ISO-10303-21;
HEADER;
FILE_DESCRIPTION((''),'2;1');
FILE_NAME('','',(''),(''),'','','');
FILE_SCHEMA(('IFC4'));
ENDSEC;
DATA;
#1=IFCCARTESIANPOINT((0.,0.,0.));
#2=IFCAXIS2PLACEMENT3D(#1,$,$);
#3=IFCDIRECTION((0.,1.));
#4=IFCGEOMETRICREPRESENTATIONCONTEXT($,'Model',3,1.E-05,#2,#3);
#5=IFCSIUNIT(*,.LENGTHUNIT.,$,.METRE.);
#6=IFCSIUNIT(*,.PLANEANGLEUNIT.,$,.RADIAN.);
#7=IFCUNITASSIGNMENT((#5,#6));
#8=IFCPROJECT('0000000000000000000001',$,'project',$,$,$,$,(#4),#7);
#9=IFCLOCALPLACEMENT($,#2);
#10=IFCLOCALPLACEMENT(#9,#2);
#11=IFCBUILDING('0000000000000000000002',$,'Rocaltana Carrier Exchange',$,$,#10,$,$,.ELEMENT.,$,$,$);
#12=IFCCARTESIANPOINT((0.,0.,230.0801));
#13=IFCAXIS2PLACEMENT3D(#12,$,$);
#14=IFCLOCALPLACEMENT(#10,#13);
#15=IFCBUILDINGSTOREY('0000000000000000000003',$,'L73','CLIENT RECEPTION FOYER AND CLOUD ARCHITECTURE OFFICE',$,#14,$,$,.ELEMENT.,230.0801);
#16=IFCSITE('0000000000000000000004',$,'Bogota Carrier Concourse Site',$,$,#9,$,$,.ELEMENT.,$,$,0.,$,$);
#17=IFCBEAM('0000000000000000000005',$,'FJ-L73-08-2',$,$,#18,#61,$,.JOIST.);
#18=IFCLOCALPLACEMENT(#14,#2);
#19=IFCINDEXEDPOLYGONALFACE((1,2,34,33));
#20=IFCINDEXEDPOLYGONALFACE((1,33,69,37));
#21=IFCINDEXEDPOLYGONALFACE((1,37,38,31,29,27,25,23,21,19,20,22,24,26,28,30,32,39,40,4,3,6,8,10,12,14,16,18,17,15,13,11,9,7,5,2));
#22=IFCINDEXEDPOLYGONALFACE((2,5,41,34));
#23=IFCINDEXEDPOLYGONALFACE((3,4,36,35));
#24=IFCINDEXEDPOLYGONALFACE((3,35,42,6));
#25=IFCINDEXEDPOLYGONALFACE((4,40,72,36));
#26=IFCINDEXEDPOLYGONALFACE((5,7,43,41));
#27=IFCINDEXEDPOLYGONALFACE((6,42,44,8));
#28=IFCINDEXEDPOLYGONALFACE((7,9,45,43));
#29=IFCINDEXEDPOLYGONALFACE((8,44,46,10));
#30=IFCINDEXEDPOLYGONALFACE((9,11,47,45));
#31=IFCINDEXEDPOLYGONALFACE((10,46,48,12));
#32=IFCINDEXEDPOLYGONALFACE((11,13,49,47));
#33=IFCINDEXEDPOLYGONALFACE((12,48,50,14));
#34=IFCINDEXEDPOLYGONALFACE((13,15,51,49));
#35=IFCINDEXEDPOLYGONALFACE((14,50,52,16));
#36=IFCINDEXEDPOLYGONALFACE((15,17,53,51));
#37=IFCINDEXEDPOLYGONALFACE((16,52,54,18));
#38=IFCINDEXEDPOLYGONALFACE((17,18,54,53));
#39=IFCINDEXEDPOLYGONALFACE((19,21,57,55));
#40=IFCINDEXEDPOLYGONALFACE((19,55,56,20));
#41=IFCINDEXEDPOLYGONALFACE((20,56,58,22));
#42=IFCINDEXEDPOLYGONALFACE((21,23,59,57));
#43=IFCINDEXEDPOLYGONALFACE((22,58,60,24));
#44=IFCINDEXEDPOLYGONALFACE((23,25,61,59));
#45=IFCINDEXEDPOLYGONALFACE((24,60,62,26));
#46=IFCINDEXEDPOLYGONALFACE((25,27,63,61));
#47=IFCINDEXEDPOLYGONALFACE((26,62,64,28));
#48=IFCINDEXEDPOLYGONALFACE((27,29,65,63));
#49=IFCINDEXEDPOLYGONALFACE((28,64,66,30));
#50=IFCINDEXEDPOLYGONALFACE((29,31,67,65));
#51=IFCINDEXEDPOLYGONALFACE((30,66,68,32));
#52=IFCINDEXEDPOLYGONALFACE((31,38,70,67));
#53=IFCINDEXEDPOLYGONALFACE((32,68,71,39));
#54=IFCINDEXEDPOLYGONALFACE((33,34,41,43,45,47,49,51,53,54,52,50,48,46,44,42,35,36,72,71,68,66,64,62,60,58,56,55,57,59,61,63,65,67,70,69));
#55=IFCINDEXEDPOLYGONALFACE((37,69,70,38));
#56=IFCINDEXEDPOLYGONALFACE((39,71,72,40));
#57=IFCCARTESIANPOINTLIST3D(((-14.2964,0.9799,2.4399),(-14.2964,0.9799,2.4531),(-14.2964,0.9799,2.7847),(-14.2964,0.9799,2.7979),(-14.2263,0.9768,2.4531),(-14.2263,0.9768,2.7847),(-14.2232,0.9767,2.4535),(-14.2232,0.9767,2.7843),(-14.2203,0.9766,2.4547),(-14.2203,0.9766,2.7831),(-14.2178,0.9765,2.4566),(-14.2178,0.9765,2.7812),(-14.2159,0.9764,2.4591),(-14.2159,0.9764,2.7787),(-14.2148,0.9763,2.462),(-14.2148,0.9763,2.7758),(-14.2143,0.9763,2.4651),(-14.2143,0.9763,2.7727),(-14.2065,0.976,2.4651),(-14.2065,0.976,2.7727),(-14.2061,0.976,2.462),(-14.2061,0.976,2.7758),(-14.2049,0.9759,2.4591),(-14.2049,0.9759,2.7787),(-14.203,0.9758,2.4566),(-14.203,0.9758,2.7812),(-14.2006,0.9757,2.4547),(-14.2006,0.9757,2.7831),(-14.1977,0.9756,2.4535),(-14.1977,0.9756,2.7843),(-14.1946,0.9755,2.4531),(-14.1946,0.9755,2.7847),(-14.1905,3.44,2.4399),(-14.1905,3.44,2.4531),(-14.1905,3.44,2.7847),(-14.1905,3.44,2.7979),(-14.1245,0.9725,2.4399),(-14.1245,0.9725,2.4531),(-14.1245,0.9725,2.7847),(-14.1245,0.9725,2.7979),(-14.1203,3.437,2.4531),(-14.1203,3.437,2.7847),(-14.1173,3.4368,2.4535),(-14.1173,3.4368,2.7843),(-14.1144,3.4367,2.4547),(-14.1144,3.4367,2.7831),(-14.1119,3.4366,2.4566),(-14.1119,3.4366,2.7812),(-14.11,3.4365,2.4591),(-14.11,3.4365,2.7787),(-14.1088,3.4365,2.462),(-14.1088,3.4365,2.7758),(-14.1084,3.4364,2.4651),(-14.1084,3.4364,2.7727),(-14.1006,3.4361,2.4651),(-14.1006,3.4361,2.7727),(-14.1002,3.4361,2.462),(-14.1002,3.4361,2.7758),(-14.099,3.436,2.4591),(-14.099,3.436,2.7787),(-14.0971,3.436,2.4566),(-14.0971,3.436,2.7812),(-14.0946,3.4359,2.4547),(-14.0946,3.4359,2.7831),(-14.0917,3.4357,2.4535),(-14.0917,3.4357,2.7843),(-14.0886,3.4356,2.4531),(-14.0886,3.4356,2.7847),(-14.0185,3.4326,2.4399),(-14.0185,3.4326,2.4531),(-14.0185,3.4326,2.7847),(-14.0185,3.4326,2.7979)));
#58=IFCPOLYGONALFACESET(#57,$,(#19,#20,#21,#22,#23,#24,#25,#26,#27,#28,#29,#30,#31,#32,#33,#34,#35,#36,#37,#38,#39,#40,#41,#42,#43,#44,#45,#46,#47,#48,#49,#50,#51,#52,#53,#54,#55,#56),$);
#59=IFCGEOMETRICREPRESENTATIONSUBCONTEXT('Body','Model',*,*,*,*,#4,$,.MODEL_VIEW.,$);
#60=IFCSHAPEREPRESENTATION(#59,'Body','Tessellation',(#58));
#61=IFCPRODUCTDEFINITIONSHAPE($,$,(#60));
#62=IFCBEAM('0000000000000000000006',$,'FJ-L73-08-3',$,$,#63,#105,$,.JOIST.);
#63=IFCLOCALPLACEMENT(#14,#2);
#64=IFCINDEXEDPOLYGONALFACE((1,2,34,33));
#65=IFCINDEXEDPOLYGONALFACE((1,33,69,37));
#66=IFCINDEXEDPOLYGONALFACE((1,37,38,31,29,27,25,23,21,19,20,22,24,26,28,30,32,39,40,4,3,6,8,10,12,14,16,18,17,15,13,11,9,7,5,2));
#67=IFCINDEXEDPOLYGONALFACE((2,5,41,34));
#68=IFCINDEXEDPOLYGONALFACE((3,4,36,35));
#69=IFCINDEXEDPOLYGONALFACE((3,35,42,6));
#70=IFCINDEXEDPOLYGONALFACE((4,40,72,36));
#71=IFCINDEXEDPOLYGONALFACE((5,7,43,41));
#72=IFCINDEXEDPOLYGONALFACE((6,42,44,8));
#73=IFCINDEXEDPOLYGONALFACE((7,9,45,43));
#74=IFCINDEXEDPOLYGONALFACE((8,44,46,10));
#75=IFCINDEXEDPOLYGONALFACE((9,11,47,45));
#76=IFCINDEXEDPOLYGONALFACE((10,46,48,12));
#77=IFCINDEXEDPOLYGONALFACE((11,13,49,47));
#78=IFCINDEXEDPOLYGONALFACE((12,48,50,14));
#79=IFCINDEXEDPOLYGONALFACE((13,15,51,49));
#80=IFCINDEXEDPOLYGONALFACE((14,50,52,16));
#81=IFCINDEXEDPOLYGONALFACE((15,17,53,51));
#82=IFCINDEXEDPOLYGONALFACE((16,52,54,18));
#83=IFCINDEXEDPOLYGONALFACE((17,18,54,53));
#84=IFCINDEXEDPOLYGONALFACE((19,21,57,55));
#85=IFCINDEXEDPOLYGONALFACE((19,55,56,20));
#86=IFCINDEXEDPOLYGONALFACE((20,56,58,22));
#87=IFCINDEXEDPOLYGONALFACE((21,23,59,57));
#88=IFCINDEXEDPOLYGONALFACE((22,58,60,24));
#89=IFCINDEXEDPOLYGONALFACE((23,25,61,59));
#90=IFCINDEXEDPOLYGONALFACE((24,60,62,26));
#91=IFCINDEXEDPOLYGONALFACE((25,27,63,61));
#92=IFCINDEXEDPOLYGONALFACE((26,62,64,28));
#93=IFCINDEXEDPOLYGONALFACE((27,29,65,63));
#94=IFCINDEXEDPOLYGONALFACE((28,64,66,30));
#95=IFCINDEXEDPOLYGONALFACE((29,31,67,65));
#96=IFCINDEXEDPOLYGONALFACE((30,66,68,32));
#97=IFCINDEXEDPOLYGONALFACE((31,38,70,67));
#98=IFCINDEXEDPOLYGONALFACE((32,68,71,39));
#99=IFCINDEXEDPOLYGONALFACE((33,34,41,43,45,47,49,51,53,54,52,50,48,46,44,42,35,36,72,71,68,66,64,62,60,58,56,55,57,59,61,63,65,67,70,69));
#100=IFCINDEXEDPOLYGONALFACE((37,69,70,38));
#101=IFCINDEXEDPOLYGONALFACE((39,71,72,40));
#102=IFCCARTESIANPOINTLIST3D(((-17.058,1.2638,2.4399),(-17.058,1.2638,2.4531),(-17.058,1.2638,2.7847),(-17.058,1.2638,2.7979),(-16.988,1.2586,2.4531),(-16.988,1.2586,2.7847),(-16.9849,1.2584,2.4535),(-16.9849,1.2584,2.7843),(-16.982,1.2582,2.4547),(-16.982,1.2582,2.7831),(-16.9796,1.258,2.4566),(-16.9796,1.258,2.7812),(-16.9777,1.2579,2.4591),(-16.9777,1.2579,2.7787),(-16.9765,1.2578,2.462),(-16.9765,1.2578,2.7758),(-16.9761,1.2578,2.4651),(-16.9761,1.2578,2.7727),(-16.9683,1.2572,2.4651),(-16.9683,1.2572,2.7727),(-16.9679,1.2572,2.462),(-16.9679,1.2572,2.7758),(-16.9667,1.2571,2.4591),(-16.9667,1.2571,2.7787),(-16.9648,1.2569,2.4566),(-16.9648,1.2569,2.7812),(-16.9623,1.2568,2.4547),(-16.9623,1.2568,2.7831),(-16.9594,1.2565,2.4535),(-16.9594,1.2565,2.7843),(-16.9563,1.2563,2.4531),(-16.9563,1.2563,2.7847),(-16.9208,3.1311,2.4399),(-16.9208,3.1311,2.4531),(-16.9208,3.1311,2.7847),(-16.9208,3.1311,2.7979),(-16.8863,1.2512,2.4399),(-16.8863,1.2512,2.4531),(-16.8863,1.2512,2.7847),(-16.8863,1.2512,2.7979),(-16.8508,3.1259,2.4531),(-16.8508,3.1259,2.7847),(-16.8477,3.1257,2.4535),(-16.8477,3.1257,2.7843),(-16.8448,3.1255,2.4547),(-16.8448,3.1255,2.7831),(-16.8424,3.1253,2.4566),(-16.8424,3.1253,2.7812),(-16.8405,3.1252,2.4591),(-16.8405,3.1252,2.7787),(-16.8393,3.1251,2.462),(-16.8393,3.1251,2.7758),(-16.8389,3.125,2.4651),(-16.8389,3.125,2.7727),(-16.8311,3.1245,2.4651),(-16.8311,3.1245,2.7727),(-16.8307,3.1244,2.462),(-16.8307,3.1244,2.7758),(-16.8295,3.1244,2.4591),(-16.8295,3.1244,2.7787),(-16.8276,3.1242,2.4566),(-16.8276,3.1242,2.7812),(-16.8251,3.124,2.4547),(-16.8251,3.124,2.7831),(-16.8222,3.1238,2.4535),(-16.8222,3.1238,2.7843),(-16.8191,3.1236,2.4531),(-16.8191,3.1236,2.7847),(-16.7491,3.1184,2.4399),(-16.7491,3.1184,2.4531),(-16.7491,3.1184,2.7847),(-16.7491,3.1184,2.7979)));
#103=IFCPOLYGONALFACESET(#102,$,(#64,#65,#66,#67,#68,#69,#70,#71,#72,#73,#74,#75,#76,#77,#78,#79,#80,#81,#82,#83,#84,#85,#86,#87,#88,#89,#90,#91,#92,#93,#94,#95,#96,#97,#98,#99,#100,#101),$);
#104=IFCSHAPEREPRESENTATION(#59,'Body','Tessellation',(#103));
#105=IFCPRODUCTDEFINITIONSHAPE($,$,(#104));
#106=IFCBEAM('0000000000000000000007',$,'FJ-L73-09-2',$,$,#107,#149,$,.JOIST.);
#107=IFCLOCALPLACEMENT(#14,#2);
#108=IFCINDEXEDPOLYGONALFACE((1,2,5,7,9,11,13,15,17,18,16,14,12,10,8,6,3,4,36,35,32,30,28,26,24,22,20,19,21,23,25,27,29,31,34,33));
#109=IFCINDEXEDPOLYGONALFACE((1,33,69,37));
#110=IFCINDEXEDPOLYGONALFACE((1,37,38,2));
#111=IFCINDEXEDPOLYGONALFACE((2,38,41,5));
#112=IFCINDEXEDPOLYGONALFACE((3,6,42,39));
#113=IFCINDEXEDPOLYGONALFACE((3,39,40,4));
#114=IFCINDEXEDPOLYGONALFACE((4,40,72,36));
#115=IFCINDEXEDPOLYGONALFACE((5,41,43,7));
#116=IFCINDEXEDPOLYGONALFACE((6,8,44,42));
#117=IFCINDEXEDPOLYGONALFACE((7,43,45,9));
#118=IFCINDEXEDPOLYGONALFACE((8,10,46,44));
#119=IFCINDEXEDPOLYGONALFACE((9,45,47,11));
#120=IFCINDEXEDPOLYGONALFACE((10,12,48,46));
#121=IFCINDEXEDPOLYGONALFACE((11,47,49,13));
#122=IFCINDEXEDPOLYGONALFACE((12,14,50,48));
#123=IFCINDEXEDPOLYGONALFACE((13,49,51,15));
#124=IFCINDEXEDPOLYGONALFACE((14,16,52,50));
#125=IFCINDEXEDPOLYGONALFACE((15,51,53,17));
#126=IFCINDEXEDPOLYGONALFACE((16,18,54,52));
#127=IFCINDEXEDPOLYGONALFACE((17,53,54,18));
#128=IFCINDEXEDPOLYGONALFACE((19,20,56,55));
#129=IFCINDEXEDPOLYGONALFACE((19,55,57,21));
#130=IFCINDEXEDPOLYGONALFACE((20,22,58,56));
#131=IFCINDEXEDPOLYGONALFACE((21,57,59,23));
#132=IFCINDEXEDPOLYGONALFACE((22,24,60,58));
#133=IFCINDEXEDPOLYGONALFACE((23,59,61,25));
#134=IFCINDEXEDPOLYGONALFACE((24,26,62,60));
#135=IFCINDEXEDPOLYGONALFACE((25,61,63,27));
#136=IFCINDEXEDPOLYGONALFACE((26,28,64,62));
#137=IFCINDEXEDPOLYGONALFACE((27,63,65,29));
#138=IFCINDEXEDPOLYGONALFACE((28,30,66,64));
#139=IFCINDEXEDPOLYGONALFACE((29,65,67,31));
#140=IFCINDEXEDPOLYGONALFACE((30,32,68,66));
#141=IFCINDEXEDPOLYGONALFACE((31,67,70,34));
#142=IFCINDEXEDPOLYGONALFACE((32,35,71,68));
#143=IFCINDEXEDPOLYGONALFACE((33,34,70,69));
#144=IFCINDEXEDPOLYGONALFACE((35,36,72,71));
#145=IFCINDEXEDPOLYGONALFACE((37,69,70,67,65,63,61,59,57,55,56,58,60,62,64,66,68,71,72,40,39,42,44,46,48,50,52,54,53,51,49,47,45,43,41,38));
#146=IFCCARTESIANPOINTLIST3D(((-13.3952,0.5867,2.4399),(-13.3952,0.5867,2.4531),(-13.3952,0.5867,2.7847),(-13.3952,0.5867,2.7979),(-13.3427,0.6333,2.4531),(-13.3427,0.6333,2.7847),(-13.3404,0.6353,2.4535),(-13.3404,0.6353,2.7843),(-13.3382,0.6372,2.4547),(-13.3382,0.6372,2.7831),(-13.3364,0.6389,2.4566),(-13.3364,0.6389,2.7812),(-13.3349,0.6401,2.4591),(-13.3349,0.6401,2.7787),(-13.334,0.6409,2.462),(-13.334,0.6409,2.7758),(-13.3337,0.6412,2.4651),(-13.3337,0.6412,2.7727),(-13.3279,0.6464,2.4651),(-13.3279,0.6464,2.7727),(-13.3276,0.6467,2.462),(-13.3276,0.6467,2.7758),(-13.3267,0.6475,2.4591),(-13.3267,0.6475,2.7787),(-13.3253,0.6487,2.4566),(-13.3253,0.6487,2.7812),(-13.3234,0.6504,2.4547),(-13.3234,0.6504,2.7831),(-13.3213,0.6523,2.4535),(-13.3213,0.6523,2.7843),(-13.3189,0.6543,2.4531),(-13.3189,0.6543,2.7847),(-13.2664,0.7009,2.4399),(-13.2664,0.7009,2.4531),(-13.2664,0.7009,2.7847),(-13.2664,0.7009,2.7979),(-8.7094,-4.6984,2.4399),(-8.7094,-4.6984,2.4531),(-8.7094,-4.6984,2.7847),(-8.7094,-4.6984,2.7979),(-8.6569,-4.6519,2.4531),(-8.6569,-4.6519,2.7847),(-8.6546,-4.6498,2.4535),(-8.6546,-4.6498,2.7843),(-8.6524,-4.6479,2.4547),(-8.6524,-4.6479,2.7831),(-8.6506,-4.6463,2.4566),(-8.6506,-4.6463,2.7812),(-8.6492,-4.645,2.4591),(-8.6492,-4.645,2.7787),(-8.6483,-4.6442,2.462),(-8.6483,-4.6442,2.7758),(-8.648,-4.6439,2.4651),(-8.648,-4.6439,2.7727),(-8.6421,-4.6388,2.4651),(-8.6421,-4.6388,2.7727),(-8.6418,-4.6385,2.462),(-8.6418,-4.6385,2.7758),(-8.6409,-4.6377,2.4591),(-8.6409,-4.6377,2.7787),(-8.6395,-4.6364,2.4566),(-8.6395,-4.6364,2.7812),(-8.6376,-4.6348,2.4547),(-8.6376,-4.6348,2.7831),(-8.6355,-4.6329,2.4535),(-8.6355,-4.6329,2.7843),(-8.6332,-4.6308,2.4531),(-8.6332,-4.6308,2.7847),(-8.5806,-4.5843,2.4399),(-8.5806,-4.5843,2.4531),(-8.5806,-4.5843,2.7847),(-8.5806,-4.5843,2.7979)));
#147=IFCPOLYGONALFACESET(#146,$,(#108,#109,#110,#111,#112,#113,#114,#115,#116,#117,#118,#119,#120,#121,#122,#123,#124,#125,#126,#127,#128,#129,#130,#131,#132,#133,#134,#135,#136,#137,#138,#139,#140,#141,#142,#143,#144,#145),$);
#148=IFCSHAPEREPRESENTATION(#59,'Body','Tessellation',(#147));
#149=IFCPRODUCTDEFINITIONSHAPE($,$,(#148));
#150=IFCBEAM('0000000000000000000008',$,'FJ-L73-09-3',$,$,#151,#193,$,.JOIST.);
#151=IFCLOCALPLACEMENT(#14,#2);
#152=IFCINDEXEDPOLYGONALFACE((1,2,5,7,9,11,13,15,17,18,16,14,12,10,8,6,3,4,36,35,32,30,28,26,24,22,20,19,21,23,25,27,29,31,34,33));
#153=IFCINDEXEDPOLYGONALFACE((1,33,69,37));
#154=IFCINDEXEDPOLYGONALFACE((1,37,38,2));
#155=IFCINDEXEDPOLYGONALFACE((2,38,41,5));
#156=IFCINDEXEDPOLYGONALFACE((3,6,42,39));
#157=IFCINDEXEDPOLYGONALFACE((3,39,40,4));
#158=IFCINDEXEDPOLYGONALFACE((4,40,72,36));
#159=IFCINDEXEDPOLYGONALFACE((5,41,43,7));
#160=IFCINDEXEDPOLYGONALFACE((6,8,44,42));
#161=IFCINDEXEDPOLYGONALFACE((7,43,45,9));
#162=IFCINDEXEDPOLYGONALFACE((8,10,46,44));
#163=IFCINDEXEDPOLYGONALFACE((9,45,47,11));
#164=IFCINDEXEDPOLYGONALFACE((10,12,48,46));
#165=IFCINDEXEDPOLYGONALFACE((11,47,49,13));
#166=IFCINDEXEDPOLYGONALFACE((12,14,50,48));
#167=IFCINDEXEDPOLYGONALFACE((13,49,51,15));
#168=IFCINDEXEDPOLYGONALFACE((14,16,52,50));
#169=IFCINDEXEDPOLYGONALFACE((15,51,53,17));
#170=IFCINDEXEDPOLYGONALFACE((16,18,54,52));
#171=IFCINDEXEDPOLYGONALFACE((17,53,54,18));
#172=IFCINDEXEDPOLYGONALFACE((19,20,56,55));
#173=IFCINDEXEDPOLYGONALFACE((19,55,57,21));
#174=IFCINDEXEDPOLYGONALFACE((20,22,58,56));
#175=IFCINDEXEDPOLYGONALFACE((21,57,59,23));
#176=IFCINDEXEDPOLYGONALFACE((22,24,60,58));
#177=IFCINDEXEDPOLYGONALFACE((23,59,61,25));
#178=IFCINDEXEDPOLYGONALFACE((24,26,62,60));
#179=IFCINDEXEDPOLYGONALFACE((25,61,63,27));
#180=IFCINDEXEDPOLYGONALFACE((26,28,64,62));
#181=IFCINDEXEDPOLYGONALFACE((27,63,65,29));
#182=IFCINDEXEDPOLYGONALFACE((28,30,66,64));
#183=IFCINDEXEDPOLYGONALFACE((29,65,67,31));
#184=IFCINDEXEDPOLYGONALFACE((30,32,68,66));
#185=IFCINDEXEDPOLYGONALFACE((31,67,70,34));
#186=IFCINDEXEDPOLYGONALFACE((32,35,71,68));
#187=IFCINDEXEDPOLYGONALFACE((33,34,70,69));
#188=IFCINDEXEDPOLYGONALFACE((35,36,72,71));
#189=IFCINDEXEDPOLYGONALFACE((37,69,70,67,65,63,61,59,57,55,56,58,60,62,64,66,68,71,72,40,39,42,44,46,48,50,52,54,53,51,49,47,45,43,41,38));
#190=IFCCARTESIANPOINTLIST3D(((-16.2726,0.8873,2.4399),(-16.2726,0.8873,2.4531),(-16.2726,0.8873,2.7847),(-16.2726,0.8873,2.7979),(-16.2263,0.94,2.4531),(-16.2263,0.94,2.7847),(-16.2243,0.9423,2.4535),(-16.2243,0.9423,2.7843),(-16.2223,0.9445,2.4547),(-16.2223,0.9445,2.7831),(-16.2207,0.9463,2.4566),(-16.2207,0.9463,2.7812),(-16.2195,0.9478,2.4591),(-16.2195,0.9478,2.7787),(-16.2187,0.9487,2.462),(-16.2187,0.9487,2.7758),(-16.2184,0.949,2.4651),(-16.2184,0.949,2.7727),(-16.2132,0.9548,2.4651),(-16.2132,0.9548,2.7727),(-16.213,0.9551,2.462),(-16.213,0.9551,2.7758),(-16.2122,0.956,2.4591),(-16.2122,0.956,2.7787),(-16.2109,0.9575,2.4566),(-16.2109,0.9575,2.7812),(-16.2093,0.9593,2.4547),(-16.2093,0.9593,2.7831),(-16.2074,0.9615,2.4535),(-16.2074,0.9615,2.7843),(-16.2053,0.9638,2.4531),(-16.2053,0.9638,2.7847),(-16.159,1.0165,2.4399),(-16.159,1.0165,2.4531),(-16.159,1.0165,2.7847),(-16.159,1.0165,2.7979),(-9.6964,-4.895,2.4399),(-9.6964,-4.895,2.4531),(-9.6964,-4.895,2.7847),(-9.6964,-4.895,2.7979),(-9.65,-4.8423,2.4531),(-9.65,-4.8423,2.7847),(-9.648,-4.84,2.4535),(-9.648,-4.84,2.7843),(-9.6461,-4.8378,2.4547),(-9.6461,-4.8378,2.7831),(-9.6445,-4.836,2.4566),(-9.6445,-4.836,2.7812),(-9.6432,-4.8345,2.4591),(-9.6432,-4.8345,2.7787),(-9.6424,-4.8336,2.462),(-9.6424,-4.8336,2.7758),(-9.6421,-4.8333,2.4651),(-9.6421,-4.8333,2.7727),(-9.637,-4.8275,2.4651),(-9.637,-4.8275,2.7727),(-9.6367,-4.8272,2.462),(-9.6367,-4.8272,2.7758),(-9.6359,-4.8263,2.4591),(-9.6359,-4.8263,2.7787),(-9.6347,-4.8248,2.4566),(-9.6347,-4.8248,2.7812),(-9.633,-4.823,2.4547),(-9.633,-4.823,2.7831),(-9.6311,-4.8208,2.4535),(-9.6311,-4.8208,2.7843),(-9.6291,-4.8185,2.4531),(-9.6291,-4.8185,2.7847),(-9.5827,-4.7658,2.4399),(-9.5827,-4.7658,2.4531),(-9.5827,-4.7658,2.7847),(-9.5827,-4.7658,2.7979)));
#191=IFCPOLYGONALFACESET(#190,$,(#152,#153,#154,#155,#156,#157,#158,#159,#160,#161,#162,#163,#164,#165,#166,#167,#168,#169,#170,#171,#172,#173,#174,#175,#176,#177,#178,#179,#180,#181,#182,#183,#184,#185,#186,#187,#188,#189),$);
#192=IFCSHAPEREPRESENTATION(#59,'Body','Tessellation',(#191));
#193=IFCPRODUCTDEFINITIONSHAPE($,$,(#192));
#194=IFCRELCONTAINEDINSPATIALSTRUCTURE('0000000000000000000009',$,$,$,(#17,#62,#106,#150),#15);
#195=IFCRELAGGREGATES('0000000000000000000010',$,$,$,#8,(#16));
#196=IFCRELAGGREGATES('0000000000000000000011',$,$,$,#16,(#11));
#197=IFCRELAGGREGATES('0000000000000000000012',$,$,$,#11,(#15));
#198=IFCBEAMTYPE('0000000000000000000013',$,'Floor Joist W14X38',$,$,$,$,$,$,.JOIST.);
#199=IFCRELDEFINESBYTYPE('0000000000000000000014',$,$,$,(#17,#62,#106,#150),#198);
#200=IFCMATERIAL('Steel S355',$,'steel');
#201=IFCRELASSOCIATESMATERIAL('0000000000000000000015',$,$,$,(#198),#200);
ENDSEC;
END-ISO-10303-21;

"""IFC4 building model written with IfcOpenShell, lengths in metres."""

from ifc_helpers import new_model, si_unit, direction, frame, origin, origin_2d, place, context, subcontext, project, spatial, i_section, extrude, material, material_profile, profile_set, type_object, element, save


model = new_model("IFC4")

# Units and contexts
model_context = context("Model", 3, precision=1e-05, world=origin(), true_north=direction((0.0, 1.0)))
body_context = subcontext(model_context, "Body", "Model", "MODEL_VIEW")
ifc_project = project(units=[si_unit("LENGTHUNIT", "METRE"), si_unit("PLANEANGLEUNIT", "RADIAN")], contexts=[model_context])

# Site, building, storey
site_placement = place(None, origin())
site = spatial("IfcSite", under=ifc_project, at=site_placement, Name="Bogota Carrier Concourse Site", CompositionType="ELEMENT", RefElevation=0.0)
building_placement = place(site_placement, origin())
building = spatial("IfcBuilding", under=site, at=building_placement, Name="Rocaltana Carrier Exchange", CompositionType="ELEMENT")
storey_placement = place(building_placement, frame((0.0, 0.0, 230.0801)))
storey = spatial("IfcBuildingStorey", under=building, at=storey_placement, Name="L73", Description="CLIENT RECEPTION FOYER AND CLOUD ARCHITECTURE OFFICE", CompositionType="ELEMENT", Elevation=230.0801)

# Beams
ifc_material_1 = material(Name="Steel S355", Category="steel")
ifc_material_profile_1 = material_profile(ifc_material_1, i_section(OverallWidth=0.1721, OverallDepth=0.3579, WebThickness=0.0078, FlangeThickness=0.0132, FilletRadius=0.012, at=origin_2d()), Name="W14X38")
ifc_profile_set_1 = profile_set([ifc_material_profile_1], Name="Steel S355")
beam_type_1 = type_object("IfcBeamType", Name="Floor Joist W14X38", PredefinedType="JOIST", material=ifc_profile_set_1)
beam_1_placement = place(storey_placement, frame((-14.1045, 3.4363, 2.6189), z_axis=(-0.043028, -0.999074, 0.0), x_axis=(0.999074, -0.043028, 0.0)))
element("IfcBeam", 1, at=beam_1_placement, inside=storey, type_object=beam_type_1, Name="FJ-L73-08-2", PredefinedType="JOIST", context=body_context, shape_type="SweptSolid", body=[
    extrude(i_section(OverallWidth=0.1721, OverallDepth=0.3579, WebThickness=0.0078, FlangeThickness=0.0132, FilletRadius=0.012, at=origin_2d()), origin(), (0.0, 0.0, 1.0), 2.4624),
])
beam_2_placement = place(storey_placement, frame((-16.835, 3.1248, 2.6189), z_axis=(-0.073286, -0.997311, 0.0), x_axis=(0.997311, -0.073286, 0.0)))
element("IfcBeam", 2, at=beam_2_placement, inside=storey, type_object=beam_type_1, Name="FJ-L73-08-3", PredefinedType="JOIST", context=body_context, shape_type="SweptSolid", body=[
    extrude(i_section(OverallWidth=0.1721, OverallDepth=0.3579, WebThickness=0.0078, FlangeThickness=0.0132, FilletRadius=0.012, at=origin_2d()), origin(), (0.0, 0.0, 1.0), 1.8723),
])
beam_3_placement = place(storey_placement, frame((-13.3308, 0.6438, 2.6189), z_axis=(0.663404, -0.748261, 0.0), x_axis=(0.748261, 0.663404, 0.0)))
element("IfcBeam", 3, at=beam_3_placement, inside=storey, type_object=beam_type_1, Name="FJ-L73-09-2", PredefinedType="JOIST", context=body_context, shape_type="SweptSolid", body=[
    extrude(i_section(OverallWidth=0.1721, OverallDepth=0.3579, WebThickness=0.0078, FlangeThickness=0.0132, FilletRadius=0.012, at=origin_2d()), origin(), (0.0, 0.0, 1.0), 7.0632),
])
beam_4_placement = place(storey_placement, frame((-16.2158, 0.9519, 2.6189), z_axis=(0.750986, -0.660319, 0.0), x_axis=(0.660319, 0.750986, 0.0)))
element("IfcBeam", 4, at=beam_4_placement, inside=storey, type_object=beam_type_1, Name="FJ-L73-09-3", PredefinedType="JOIST", context=body_context, shape_type="SweptSolid", body=[
    extrude(i_section(OverallWidth=0.1721, OverallDepth=0.3579, WebThickness=0.0078, FlangeThickness=0.0132, FilletRadius=0.012, at=origin_2d()), origin(), (0.0, 0.0, 1.0), 8.7568),
])

save(model, "model.ifc")
